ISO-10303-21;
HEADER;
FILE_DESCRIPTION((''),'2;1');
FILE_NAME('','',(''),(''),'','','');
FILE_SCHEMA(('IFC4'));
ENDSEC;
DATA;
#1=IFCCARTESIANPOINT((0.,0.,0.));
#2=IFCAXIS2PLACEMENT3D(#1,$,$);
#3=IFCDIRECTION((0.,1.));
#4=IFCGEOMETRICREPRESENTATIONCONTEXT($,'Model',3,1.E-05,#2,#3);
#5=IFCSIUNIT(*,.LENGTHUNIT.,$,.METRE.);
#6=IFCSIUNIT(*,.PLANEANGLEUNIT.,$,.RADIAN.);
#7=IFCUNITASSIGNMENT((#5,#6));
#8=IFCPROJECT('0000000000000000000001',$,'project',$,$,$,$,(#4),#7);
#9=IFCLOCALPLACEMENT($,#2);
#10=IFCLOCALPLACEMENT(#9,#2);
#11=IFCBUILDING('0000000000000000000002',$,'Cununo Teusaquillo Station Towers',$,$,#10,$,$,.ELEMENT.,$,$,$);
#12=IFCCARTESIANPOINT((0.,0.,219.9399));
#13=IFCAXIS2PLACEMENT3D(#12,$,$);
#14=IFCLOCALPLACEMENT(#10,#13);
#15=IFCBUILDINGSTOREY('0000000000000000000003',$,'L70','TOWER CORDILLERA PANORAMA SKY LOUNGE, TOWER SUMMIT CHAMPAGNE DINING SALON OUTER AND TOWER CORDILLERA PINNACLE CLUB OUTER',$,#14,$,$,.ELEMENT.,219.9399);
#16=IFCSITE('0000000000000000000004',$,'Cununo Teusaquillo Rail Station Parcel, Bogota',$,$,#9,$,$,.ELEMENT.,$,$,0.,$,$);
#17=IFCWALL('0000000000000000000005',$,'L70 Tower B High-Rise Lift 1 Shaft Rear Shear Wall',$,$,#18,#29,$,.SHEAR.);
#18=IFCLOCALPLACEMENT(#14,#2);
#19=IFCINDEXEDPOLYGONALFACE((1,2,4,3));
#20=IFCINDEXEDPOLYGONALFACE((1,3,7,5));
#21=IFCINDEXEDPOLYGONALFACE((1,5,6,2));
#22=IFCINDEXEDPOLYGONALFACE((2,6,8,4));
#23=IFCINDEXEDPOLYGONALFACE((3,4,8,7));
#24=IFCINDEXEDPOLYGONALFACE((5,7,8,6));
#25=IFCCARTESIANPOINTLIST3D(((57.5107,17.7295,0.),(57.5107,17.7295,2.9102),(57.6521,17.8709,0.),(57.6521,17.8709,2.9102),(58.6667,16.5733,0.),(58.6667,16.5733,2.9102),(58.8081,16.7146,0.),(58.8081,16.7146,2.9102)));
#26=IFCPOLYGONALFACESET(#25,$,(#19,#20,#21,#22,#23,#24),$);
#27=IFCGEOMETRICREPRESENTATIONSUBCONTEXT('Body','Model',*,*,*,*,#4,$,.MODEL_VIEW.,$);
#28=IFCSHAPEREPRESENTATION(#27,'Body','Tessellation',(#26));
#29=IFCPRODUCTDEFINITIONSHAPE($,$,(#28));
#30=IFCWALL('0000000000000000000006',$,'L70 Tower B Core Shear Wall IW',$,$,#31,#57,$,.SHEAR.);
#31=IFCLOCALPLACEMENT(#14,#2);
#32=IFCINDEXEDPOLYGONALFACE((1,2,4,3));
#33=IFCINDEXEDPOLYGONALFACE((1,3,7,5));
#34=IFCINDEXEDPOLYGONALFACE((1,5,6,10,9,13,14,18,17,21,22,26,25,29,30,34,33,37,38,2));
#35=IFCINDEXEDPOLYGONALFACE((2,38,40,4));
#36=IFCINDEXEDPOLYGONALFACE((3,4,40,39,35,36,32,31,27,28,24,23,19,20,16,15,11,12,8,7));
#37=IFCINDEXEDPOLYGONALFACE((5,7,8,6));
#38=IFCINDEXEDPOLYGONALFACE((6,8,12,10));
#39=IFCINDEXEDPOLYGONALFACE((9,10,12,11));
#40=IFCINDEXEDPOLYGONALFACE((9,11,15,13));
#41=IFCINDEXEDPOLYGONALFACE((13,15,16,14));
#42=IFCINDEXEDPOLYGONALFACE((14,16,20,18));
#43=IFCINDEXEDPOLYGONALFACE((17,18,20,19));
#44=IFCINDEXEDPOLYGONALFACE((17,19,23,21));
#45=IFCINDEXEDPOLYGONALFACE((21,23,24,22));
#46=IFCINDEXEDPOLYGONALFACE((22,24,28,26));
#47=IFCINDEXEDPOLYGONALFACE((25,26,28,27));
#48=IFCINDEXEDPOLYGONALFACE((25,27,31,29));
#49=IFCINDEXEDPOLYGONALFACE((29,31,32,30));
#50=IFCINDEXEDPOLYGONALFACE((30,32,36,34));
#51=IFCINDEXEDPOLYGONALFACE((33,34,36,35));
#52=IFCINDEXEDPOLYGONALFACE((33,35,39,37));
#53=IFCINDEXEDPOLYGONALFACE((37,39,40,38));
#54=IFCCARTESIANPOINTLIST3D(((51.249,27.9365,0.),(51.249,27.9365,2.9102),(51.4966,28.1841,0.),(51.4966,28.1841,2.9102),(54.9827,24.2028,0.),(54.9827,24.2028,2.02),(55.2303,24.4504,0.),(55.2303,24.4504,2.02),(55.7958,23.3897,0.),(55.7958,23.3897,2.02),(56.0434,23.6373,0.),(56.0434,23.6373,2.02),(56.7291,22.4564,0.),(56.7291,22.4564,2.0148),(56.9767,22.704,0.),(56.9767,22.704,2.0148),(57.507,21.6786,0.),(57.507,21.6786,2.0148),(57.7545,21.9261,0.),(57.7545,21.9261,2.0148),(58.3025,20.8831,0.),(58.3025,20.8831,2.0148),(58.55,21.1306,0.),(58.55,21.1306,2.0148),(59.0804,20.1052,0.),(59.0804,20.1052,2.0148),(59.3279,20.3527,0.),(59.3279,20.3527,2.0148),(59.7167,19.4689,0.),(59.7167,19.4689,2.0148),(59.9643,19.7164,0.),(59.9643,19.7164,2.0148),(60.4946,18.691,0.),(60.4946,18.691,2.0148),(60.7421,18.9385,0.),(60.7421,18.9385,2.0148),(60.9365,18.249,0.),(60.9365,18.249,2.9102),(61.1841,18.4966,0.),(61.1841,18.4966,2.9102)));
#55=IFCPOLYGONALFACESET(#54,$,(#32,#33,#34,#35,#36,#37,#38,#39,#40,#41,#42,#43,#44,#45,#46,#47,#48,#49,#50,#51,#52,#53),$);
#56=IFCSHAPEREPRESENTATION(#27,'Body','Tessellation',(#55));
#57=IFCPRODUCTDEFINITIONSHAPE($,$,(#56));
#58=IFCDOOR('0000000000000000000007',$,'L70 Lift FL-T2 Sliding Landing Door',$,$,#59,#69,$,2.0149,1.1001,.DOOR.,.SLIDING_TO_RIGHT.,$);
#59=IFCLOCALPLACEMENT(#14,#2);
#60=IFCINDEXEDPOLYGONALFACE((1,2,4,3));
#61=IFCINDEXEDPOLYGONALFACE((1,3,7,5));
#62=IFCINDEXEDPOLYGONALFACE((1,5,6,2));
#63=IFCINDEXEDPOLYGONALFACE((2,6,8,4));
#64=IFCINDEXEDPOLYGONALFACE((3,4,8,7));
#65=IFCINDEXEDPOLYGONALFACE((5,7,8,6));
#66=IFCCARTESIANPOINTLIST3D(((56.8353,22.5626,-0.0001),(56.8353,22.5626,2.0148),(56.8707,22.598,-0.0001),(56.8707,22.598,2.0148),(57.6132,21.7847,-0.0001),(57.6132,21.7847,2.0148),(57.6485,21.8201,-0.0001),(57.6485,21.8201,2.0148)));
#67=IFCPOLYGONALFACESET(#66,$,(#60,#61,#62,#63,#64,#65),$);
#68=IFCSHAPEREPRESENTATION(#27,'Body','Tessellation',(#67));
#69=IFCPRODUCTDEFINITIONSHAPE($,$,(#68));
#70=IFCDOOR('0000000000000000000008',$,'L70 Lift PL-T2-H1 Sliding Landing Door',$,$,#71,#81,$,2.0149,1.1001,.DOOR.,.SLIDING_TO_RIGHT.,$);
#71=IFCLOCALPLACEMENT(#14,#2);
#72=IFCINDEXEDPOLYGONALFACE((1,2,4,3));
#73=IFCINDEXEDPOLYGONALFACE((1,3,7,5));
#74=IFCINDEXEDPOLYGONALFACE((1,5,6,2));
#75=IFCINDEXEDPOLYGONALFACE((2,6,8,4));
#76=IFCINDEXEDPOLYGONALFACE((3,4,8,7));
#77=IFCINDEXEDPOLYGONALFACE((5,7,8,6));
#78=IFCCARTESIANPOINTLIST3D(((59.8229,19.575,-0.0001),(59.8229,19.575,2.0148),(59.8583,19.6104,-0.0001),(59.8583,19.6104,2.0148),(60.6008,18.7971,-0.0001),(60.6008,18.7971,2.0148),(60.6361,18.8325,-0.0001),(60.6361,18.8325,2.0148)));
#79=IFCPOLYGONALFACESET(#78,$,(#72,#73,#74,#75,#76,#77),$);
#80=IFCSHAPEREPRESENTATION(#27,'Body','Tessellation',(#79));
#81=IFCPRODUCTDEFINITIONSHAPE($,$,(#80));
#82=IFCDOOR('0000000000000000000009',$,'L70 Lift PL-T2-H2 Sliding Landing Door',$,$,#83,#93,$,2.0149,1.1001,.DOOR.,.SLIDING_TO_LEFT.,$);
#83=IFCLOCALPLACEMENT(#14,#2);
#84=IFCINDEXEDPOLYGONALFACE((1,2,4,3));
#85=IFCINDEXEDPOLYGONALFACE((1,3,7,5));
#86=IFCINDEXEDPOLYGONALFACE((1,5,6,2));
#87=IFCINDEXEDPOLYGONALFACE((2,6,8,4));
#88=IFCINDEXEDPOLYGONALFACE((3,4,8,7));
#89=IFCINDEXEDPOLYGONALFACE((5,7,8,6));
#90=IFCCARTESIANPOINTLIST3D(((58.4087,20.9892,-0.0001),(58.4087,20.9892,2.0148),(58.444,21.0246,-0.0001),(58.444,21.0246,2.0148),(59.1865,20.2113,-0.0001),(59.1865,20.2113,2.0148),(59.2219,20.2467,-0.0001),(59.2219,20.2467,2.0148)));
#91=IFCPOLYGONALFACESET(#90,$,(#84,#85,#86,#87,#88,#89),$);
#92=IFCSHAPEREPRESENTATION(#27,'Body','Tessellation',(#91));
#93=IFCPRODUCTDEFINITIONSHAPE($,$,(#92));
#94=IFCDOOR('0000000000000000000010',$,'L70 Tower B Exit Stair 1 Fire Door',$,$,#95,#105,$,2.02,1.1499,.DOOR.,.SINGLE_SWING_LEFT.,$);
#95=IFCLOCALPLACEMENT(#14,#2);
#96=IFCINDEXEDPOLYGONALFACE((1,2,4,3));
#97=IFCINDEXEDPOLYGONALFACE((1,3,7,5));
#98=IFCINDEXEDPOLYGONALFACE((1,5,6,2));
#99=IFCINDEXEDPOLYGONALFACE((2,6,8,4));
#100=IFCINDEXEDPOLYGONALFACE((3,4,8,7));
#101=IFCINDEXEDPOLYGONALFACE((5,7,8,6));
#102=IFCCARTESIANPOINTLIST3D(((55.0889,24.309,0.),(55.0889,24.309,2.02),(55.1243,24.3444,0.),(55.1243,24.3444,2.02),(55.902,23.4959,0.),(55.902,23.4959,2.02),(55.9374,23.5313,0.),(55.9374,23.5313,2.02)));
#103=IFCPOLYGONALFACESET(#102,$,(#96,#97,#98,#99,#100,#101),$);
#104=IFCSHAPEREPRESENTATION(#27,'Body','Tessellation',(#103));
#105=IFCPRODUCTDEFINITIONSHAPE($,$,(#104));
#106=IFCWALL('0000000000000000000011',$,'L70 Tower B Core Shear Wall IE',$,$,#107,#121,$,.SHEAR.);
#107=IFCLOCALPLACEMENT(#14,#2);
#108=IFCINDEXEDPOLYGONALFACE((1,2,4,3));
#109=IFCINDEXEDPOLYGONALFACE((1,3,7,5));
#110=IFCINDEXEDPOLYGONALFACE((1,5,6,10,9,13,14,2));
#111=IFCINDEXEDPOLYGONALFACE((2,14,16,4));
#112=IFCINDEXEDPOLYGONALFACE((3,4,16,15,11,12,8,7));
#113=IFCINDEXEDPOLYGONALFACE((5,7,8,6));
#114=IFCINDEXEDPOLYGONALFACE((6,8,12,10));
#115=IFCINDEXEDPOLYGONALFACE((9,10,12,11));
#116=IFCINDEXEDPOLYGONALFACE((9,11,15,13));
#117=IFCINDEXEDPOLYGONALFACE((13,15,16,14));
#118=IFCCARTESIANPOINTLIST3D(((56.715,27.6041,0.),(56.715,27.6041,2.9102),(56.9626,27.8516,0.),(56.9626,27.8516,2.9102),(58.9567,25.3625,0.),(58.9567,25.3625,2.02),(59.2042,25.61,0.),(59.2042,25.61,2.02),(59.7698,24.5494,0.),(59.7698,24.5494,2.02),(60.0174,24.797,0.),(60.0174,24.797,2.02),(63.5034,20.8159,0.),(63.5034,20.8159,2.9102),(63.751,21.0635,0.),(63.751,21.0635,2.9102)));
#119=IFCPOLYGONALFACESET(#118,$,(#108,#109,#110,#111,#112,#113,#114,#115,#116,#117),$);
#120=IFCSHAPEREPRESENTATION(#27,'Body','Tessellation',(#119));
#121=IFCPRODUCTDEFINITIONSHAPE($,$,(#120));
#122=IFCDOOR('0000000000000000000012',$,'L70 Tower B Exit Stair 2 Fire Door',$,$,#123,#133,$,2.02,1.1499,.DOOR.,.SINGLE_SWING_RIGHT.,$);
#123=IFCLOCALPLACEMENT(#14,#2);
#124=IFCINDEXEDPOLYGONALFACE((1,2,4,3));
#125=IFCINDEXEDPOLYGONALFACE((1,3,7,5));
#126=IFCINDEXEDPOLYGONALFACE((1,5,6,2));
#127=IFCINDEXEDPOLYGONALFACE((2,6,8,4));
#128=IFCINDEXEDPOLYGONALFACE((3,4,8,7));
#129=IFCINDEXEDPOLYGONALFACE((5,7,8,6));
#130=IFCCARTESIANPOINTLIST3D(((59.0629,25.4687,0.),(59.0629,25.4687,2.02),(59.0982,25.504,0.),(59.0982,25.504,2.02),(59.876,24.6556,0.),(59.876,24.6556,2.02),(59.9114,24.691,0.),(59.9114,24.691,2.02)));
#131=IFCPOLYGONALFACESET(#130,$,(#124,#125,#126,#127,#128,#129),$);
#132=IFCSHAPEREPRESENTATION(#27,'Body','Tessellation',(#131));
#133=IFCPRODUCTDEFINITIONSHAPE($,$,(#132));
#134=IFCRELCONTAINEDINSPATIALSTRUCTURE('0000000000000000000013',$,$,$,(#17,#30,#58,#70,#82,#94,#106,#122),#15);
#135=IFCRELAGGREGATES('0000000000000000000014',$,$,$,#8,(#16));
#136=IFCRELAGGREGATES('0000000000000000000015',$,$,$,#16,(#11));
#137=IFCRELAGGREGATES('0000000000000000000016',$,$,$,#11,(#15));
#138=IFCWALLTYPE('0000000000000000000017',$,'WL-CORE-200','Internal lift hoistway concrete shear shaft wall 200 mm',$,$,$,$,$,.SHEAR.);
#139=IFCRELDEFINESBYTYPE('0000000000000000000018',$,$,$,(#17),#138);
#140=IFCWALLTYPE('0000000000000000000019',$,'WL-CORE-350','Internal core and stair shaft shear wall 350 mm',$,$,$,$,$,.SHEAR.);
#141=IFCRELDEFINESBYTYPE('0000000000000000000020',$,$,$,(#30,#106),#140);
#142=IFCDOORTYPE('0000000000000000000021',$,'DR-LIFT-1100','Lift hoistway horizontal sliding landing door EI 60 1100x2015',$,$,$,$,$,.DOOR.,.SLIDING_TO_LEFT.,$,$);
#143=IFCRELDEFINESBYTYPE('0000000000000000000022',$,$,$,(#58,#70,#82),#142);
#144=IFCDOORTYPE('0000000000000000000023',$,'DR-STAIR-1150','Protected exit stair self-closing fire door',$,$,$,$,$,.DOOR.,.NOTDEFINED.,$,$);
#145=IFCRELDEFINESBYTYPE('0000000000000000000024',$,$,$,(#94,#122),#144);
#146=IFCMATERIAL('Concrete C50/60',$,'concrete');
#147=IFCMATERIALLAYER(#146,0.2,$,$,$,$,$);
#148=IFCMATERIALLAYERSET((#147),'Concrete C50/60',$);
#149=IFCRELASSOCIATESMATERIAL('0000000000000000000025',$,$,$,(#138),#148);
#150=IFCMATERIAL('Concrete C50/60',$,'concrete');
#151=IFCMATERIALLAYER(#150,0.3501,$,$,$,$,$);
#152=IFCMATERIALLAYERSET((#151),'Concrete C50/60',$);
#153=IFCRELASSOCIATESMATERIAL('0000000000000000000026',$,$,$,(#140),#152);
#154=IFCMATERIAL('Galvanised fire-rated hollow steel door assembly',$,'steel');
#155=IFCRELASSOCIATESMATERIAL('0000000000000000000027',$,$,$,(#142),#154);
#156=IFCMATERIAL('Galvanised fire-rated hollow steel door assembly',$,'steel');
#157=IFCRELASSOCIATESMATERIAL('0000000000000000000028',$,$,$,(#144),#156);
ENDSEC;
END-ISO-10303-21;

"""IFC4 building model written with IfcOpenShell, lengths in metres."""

from ifc_helpers import new_model, si_unit, direction, frame, frame_2d, origin, place, context, subcontext, project, spatial, rectangle, extrude, source, transform, mapped, material, layer, layer_set, type_object, element, fill, save


model = new_model("IFC4")

# Units and contexts
model_context = context("Model", 3, precision=1e-05, world=origin(), true_north=direction((0.0, 1.0)))
body_context = subcontext(model_context, "Body", "Model", "MODEL_VIEW")
ifc_project = project(units=[si_unit("LENGTHUNIT", "METRE"), si_unit("PLANEANGLEUNIT", "RADIAN")], contexts=[model_context])

# Site, building, storey
site_placement = place(None, origin())
site = spatial("IfcSite", under=ifc_project, at=site_placement, Name="Cununo Teusaquillo Rail Station Parcel, Bogota", CompositionType="ELEMENT", RefElevation=0.0)
building_placement = place(site_placement, origin())
building = spatial("IfcBuilding", under=site, at=building_placement, Name="Cununo Teusaquillo Station Towers", CompositionType="ELEMENT")
storey_placement = place(building_placement, frame((0.0, 0.0, 219.9399)))
storey = spatial("IfcBuildingStorey", under=building, at=storey_placement, Name="L70", Description="TOWER CORDILLERA PANORAMA SKY LOUNGE, TOWER SUMMIT CHAMPAGNE DINING SALON OUTER AND TOWER CORDILLERA PINNACLE CLUB OUTER", CompositionType="ELEMENT", Elevation=219.9399)

# Wall
ifc_material_1 = material(Name="Concrete C50/60", Category="concrete")
ifc_layer_1 = layer(ifc_material_1, 0.2)
ifc_layer_set_1 = layer_set([ifc_layer_1], Name="Concrete C50/60")
wall_type_1 = type_object("IfcWallType", Name="WL-CORE-200", Description="Internal lift hoistway concrete shear shaft wall 200 mm", PredefinedType="SHEAR", material=ifc_layer_set_1)
wall_1_placement = place(storey_placement, frame((58.7373, 16.644, 0.0), z_axis=(0.0, 0.0, 1.0), x_axis=(-0.707032, 0.707181, 0.0)))
element("IfcWall", 1, at=wall_1_placement, inside=storey, type_object=wall_type_1, Name="L70 Tower B High-Rise Lift 1 Shaft Rear Shear Wall", PredefinedType="SHEAR", context=body_context, shape_type="SweptSolid", body=[
    extrude(rectangle(XDim=1.635, YDim=0.2, at=frame_2d((0.8174, 0.0))), origin(), (0.0, 0.0, 1.0), 2.9102),
])

# Wall, openings, doors
ifc_material_2 = material(Name="Concrete C50/60", Category="concrete")
ifc_layer_2 = layer(ifc_material_2, 0.3501)
ifc_layer_set_2 = layer_set([ifc_layer_2], Name="Concrete C50/60")
wall_type_2 = type_object("IfcWallType", Name="WL-CORE-350", Description="Internal core and stair shaft shear wall 350 mm", PredefinedType="SHEAR", material=ifc_layer_set_2)
wall_2_placement = place(storey_placement, frame((61.0603, 18.3728, 0.0), z_axis=(0.0, 0.0, 1.0), x_axis=(-0.707107, 0.707107, 0.0)))
wall_2 = element("IfcWall", 2, at=wall_2_placement, inside=storey, type_object=wall_type_2, Name="L70 Tower B Core Shear Wall IW", PredefinedType="SHEAR", context=body_context, shape_type="SweptSolid", body=[
    extrude(rectangle(XDim=13.7002, YDim=0.3501, at=frame_2d((6.8501, 0.0))), origin(), (0.0, 0.0, 1.0), 2.9102),
])
shared_shape_1 = source(origin(), body_context, "Body", "SweptSolid", [
    extrude(rectangle(XDim=1.1001, YDim=2.0149, at=frame_2d((0.55, 1.0073))), frame((0.0, 0.1851, 0.0), z_axis=(0.0, -1.0, 0.0), x_axis=(1.0, 0.0, 0.0)), (0.0, 0.0, 1.0), 0.3701),
])
opening_1_placement = place(wall_2_placement, frame((4.8501, 0.0, 0.0)))
opening_1 = element("IfcOpeningElement", 3, at=opening_1_placement, cuts=wall_2, PredefinedType="OPENING", context=body_context, shape_type="MappedRepresentation", body=[
    mapped(shared_shape_1, transform((0.0, 0.0, 0.0), x_axis=(1.0, 0.0, 0.0), y_axis=(0.0, 1.0, 0.0), z_axis=(0.0, 0.0, 1.0), scale=1.0)),
])
opening_2_placement = place(wall_2_placement, frame((0.625, 0.0, 0.0)))
opening_2 = element("IfcOpeningElement", 4, at=opening_2_placement, cuts=wall_2, PredefinedType="OPENING", context=body_context, shape_type="MappedRepresentation", body=[
    mapped(shared_shape_1, transform((0.0, 0.0, 0.0), x_axis=(1.0, 0.0, 0.0), y_axis=(0.0, 1.0, 0.0), z_axis=(0.0, 0.0, 1.0), scale=1.0)),
])
opening_3_placement = place(wall_2_placement, frame((2.625, 0.0, 0.0)))
opening_3 = element("IfcOpeningElement", 5, at=opening_3_placement, cuts=wall_2, PredefinedType="OPENING", context=body_context, shape_type="MappedRepresentation", body=[
    mapped(shared_shape_1, transform((0.0, 0.0, 0.0), x_axis=(1.0, 0.0, 0.0), y_axis=(0.0, 1.0, 0.0), z_axis=(0.0, 0.0, 1.0), scale=1.0)),
])
shared_shape_2 = source(origin(), body_context, "Body", "SweptSolid", [
    extrude(rectangle(XDim=1.1499, YDim=2.02, at=frame_2d((0.575, 1.01))), frame((0.0, 0.1851, 0.0), z_axis=(0.0, -1.0, 0.0), x_axis=(1.0, 0.0, 0.0)), (0.0, 0.0, 1.0), 0.3701),
])
opening_4_placement = place(wall_2_placement, frame((7.27, 0.0, 0.0)))
opening_4 = element("IfcOpeningElement", 6, at=opening_4_placement, cuts=wall_2, PredefinedType="OPENING", context=body_context, shape_type="MappedRepresentation", body=[
    mapped(shared_shape_2, transform((0.0, 0.0, 0.0), x_axis=(1.0, 0.0, 0.0), y_axis=(0.0, 1.0, 0.0), z_axis=(0.0, 0.0, 1.0), scale=1.0)),
])
ifc_material_3 = material(Name="Galvanised fire-rated hollow steel door assembly", Category="steel")
door_type_1 = type_object("IfcDoorType", Name="DR-LIFT-1100", Description="Lift hoistway horizontal sliding landing door EI 60 1100x2015", OperationType="SLIDING_TO_LEFT", PredefinedType="DOOR", material=ifc_material_3)
shared_shape_3 = source(origin(), body_context, "Body", "SweptSolid", [
    extrude(rectangle(XDim=1.1001, YDim=2.0149, at=frame_2d((0.55, 1.0073))), frame((0.0, 0.0249, 0.0), z_axis=(0.0, -1.0, 0.0), x_axis=(1.0, 0.0, 0.0)), (0.0, 0.0, 1.0), 0.05),
])
door_1_placement = place(opening_1_placement, origin())
door_1 = element("IfcDoor", 7, at=door_1_placement, inside=storey, type_object=door_type_1, Name="L70 Lift FL-T2 Sliding Landing Door", OperationType="SLIDING_TO_RIGHT", OverallHeight=2.0149, OverallWidth=1.1001, PredefinedType="DOOR", context=body_context, shape_type="MappedRepresentation", body=[
    mapped(shared_shape_3, transform((0.0, 0.0, 0.0), x_axis=(1.0, 0.0, 0.0), y_axis=(0.0, 1.0, 0.0), z_axis=(0.0, 0.0, 1.0), scale=1.0)),
])
fill(opening_1, door_1)
door_2_placement = place(opening_2_placement, origin())
door_2 = element("IfcDoor", 8, at=door_2_placement, inside=storey, type_object=door_type_1, Name="L70 Lift PL-T2-H1 Sliding Landing Door", OperationType="SLIDING_TO_RIGHT", OverallHeight=2.0149, OverallWidth=1.1001, PredefinedType="DOOR", context=body_context, shape_type="MappedRepresentation", body=[
    mapped(shared_shape_3, transform((0.0, 0.0, 0.0), x_axis=(1.0, 0.0, 0.0), y_axis=(0.0, 1.0, 0.0), z_axis=(0.0, 0.0, 1.0), scale=1.0)),
])
fill(opening_2, door_2)
door_3_placement = place(opening_3_placement, origin())
door_3 = element("IfcDoor", 9, at=door_3_placement, inside=storey, type_object=door_type_1, Name="L70 Lift PL-T2-H2 Sliding Landing Door", OperationType="SLIDING_TO_LEFT", OverallHeight=2.0149, OverallWidth=1.1001, PredefinedType="DOOR", context=body_context, shape_type="MappedRepresentation", body=[
    mapped(shared_shape_3, transform((0.0, 0.0, 0.0), x_axis=(1.0, 0.0, 0.0), y_axis=(0.0, 1.0, 0.0), z_axis=(0.0, 0.0, 1.0), scale=1.0)),
])
fill(opening_3, door_3)
ifc_material_4 = material(Name="Galvanised fire-rated hollow steel door assembly", Category="steel")
door_type_2 = type_object("IfcDoorType", Name="DR-STAIR-1150", Description="Protected exit stair self-closing fire door", OperationType="NOTDEFINED", PredefinedType="DOOR", material=ifc_material_4)
shared_shape_4 = source(origin(), body_context, "Body", "SweptSolid", [
    extrude(rectangle(XDim=1.1499, YDim=2.02, at=frame_2d((0.575, 1.01))), frame((0.0, 0.0249, 0.0), z_axis=(0.0, -1.0, 0.0), x_axis=(1.0, 0.0, 0.0)), (0.0, 0.0, 1.0), 0.05),
])
door_4_placement = place(opening_4_placement, origin())
door_4 = element("IfcDoor", 10, at=door_4_placement, inside=storey, type_object=door_type_2, Name="L70 Tower B Exit Stair 1 Fire Door", OperationType="SINGLE_SWING_LEFT", OverallHeight=2.02, OverallWidth=1.1499, PredefinedType="DOOR", context=body_context, shape_type="MappedRepresentation", body=[
    mapped(shared_shape_4, transform((0.0, 0.0, 0.0), x_axis=(1.0, 0.0, 0.0), y_axis=(0.0, 1.0, 0.0), z_axis=(0.0, 0.0, 1.0), scale=1.0)),
])
fill(opening_4, door_4)

# Wall, opening, door
wall_3_placement = place(storey_placement, frame((63.6272, 20.9397, 0.0), z_axis=(0.0, 0.0, 1.0), x_axis=(-0.707119, 0.707094, 0.0)))
wall_3 = element("IfcWall", 11, at=wall_3_placement, inside=storey, type_object=wall_type_2, Name="L70 Tower B Core Shear Wall IE", PredefinedType="SHEAR", context=body_context, shape_type="SweptSolid", body=[
    extrude(rectangle(XDim=9.6001, YDim=0.3501, at=frame_2d((4.8, 0.0))), origin(), (0.0, 0.0, 1.0), 2.9102),
])
opening_5_placement = place(wall_3_placement, frame((5.28, 0.0, 0.0)))
opening_5 = element("IfcOpeningElement", 12, at=opening_5_placement, cuts=wall_3, PredefinedType="OPENING", context=body_context, shape_type="MappedRepresentation", body=[
    mapped(shared_shape_2, transform((0.0, 0.0, 0.0), x_axis=(1.0, 0.0, 0.0), y_axis=(0.0, 1.0, 0.0), z_axis=(0.0, 0.0, 1.0), scale=1.0)),
])
door_5_placement = place(opening_5_placement, origin())
door_5 = element("IfcDoor", 13, at=door_5_placement, inside=storey, type_object=door_type_2, Name="L70 Tower B Exit Stair 2 Fire Door", OperationType="SINGLE_SWING_RIGHT", OverallHeight=2.02, OverallWidth=1.1499, PredefinedType="DOOR", context=body_context, shape_type="MappedRepresentation", body=[
    mapped(shared_shape_4, transform((0.0, 0.0, 0.0), x_axis=(1.0, 0.0, 0.0), y_axis=(0.0, 1.0, 0.0), z_axis=(0.0, 0.0, 1.0), scale=1.0)),
])
fill(opening_5, door_5)

save(model, "model.ifc")
